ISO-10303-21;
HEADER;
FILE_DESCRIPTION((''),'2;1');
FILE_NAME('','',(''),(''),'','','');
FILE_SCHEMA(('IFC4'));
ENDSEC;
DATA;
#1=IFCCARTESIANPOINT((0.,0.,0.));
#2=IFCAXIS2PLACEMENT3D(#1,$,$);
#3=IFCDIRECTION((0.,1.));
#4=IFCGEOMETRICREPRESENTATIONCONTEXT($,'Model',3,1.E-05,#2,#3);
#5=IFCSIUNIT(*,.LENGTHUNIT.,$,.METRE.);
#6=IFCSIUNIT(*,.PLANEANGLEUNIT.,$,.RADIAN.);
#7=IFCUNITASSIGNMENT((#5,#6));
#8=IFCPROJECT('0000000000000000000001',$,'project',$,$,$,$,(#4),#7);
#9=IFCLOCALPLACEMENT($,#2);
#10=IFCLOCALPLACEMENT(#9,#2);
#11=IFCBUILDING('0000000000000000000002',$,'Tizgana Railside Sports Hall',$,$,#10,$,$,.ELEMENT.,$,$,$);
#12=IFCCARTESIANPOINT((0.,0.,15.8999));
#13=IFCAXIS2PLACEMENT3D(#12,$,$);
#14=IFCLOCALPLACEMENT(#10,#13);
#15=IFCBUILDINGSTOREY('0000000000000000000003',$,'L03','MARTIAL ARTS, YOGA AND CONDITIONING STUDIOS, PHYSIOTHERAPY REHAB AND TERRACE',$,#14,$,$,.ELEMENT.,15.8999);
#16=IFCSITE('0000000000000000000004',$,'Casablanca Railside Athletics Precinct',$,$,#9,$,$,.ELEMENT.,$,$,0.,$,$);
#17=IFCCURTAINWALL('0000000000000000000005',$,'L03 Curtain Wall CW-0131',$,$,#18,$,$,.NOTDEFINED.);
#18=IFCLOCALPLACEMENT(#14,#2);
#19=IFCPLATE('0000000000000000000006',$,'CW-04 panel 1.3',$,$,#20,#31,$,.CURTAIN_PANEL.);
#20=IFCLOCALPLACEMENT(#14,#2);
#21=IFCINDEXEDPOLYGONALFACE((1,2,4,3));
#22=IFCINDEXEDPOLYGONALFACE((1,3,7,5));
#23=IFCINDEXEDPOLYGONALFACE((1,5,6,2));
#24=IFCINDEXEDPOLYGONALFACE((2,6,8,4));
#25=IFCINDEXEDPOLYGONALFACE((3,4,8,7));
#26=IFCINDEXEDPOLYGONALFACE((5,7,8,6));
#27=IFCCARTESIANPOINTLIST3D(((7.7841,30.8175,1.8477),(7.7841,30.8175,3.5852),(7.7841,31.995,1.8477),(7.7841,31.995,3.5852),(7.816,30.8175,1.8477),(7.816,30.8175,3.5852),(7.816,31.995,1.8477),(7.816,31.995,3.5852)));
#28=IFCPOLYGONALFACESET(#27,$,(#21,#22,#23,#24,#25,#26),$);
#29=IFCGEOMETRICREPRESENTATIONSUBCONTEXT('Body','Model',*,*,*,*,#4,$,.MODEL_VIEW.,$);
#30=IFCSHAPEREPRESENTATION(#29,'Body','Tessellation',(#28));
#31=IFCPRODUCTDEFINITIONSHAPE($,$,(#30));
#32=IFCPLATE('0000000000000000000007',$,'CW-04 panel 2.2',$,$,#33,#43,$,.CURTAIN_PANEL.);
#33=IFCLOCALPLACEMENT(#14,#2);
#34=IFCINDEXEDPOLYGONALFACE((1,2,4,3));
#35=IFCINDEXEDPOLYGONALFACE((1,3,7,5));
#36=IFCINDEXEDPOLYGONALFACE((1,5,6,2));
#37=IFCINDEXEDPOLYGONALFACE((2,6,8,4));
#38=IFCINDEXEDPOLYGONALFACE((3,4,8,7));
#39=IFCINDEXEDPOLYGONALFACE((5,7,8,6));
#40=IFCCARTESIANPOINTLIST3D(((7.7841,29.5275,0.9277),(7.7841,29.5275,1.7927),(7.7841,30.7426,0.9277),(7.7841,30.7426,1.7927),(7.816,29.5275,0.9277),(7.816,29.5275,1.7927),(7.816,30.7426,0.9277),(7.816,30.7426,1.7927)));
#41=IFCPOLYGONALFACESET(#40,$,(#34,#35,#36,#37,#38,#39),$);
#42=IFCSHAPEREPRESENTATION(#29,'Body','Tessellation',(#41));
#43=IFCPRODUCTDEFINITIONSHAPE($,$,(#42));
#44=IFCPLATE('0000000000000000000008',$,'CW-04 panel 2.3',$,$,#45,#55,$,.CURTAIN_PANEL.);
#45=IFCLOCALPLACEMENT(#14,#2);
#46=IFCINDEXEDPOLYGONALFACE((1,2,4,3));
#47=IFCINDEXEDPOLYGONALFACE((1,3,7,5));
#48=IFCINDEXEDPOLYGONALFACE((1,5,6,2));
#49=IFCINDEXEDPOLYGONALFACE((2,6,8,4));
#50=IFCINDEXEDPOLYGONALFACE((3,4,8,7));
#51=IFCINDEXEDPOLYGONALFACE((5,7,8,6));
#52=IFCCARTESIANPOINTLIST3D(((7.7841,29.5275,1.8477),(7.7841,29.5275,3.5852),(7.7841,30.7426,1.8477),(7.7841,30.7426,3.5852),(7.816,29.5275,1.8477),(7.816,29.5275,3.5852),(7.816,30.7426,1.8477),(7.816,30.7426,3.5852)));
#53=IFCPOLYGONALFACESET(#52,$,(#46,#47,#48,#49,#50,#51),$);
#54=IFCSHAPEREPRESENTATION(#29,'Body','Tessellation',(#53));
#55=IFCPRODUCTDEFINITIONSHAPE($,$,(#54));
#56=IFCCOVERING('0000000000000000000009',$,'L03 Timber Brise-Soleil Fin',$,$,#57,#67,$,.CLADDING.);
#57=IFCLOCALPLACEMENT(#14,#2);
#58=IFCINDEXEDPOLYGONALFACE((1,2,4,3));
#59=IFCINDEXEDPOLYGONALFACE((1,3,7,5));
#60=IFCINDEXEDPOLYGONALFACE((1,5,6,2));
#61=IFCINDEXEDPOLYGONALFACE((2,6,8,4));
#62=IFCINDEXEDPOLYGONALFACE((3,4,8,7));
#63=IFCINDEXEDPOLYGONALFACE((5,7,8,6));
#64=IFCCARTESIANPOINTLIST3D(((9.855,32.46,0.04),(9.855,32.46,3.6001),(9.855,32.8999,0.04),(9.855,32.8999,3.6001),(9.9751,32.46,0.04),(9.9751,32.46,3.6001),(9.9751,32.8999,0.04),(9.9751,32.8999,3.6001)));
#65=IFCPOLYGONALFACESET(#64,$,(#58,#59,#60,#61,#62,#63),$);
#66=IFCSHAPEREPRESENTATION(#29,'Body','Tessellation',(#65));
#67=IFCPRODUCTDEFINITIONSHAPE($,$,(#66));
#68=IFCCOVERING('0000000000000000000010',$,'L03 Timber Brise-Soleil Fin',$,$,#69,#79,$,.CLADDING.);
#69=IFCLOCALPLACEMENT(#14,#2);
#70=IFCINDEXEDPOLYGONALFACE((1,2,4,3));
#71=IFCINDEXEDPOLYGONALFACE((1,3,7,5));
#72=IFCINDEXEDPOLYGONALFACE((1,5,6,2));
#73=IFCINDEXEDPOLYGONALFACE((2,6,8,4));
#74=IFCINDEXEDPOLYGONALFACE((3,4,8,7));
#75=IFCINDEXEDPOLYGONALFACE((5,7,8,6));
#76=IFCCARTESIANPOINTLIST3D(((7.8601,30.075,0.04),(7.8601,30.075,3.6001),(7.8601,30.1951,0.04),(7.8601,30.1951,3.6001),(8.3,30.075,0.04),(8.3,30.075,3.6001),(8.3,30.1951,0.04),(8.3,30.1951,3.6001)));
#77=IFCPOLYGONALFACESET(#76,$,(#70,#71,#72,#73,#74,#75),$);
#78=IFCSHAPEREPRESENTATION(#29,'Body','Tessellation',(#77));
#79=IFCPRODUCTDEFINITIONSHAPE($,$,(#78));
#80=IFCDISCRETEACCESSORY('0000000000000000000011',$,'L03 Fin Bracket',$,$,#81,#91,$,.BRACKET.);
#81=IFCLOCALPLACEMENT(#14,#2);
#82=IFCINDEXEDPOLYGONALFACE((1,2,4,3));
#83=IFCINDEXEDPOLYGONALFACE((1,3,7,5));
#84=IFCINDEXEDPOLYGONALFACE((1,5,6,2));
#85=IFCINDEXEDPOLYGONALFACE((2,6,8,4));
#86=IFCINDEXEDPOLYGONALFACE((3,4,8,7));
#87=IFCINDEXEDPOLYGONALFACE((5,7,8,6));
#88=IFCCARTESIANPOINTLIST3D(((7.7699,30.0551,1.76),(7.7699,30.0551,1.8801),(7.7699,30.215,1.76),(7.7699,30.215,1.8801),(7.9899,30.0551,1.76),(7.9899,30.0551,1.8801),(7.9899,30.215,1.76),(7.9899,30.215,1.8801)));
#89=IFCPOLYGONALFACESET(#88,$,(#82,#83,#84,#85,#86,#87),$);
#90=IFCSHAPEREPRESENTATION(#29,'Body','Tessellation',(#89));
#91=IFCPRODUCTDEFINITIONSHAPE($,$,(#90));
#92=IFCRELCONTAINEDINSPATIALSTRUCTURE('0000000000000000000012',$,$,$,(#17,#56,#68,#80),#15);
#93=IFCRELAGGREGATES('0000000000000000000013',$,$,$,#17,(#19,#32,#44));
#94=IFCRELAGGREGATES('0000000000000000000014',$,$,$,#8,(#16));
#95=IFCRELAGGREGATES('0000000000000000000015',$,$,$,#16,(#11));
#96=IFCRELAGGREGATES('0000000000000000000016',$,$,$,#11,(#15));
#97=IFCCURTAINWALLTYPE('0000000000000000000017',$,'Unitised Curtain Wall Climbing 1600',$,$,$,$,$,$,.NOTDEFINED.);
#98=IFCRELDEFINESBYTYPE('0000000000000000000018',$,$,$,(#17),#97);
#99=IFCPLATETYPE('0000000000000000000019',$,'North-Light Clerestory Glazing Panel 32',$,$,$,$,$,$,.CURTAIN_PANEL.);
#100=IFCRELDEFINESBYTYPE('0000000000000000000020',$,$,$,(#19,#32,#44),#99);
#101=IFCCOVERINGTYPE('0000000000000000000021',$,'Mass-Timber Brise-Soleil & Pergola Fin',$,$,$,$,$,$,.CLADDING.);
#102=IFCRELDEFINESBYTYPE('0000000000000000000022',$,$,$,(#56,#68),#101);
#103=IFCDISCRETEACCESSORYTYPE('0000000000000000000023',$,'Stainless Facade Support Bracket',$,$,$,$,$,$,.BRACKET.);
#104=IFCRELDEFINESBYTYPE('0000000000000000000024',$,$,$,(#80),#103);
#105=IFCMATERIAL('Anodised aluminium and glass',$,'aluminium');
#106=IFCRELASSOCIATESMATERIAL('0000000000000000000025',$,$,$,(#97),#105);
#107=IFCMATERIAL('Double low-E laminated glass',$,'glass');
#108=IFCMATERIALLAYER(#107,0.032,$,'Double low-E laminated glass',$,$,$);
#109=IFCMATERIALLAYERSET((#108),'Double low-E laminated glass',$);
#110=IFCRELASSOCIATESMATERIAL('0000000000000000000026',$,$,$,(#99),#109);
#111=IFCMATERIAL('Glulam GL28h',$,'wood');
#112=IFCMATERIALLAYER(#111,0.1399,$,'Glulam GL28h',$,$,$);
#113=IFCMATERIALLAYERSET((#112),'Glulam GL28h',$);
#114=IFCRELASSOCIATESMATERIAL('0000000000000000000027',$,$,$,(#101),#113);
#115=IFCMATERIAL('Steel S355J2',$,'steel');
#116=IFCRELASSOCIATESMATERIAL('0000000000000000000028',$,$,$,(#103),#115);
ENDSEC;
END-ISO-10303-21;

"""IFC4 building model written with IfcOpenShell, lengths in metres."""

from ifc_helpers import new_model, si_unit, direction, frame, origin, origin_2d, place, context, subcontext, project, spatial, rectangle, extrude, material, layer, layer_set, type_object, element, aggregate, save


model = new_model("IFC4")

# Units and contexts
model_context = context("Model", 3, precision=1e-05, world=origin(), true_north=direction((0.0, 1.0)))
body_context = subcontext(model_context, "Body", "Model", "MODEL_VIEW")
ifc_project = project(units=[si_unit("LENGTHUNIT", "METRE"), si_unit("PLANEANGLEUNIT", "RADIAN")], contexts=[model_context])

# Site, building, storey
site_placement = place(None, origin())
site = spatial("IfcSite", under=ifc_project, at=site_placement, Name="Casablanca Railside Athletics Precinct", CompositionType="ELEMENT", RefElevation=0.0)
building_placement = place(site_placement, origin())
building = spatial("IfcBuilding", under=site, at=building_placement, Name="Tizgana Railside Sports Hall", CompositionType="ELEMENT")
storey_placement = place(building_placement, frame((0.0, 0.0, 15.8999)))
storey = spatial("IfcBuildingStorey", under=building, at=storey_placement, Name="L03", Description="MARTIAL ARTS, YOGA AND CONDITIONING STUDIOS, PHYSIOTHERAPY REHAB AND TERRACE", CompositionType="ELEMENT", Elevation=15.8999)

# Curtain wall
ifc_material_1 = material(Name="Anodised aluminium and glass", Category="aluminium")
curtain_wall_type = type_object("IfcCurtainWallType", Name="Unitised Curtain Wall Climbing 1600", PredefinedType="NOTDEFINED", material=ifc_material_1)
curtain_wall_1_placement = place(storey_placement, origin())
curtain_wall_1 = element("IfcCurtainWall", 1, at=curtain_wall_1_placement, inside=storey, type_object=curtain_wall_type, Name="L03 Curtain Wall CW-0131", PredefinedType="NOTDEFINED")

# Shared definitions
ifc_material_2 = material(Name="Steel S355J2", Category="steel")

# Plates
ifc_material_3 = material(Name="Double low-E laminated glass", Category="glass")
ifc_layer_1 = layer(ifc_material_3, 0.032, Name="Double low-E laminated glass")
ifc_layer_set_1 = layer_set([ifc_layer_1], Name="Double low-E laminated glass")
plate_type = type_object("IfcPlateType", Name="North-Light Clerestory Glazing Panel 32", PredefinedType="CURTAIN_PANEL", material=ifc_layer_set_1)
plate_1_placement = place(storey_placement, frame((7.8, 31.4062, 1.8477), z_axis=(0.0, 0.0, 1.0), x_axis=(0.0, -1.0, 0.0)))
plate_1 = element("IfcPlate", 2, at=plate_1_placement, type_object=plate_type, Name="CW-04 panel 1.3", PredefinedType="CURTAIN_PANEL", context=body_context, shape_type="SweptSolid", body=[
    extrude(rectangle(XDim=1.1775, YDim=0.032, at=origin_2d()), origin(), (0.0, 0.0, 1.0), 1.7375),
])
plate_2_placement = place(storey_placement, frame((7.8, 30.135, 0.9277), z_axis=(0.0, 0.0, 1.0), x_axis=(0.0, -1.0, 0.0)))
plate_2 = element("IfcPlate", 3, at=plate_2_placement, type_object=plate_type, Name="CW-04 panel 2.2", PredefinedType="CURTAIN_PANEL", context=body_context, shape_type="SweptSolid", body=[
    extrude(rectangle(XDim=1.2151, YDim=0.032, at=origin_2d()), origin(), (0.0, 0.0, 1.0), 0.865),
])
plate_3_placement = place(storey_placement, frame((7.8, 30.135, 1.8477), z_axis=(0.0, 0.0, 1.0), x_axis=(0.0, -1.0, 0.0)))
plate_3 = element("IfcPlate", 4, at=plate_3_placement, type_object=plate_type, Name="CW-04 panel 2.3", PredefinedType="CURTAIN_PANEL", context=body_context, shape_type="SweptSolid", body=[
    extrude(rectangle(XDim=1.2151, YDim=0.032, at=origin_2d()), origin(), (0.0, 0.0, 1.0), 1.7375),
])
aggregate(curtain_wall_1, [plate_1, plate_2, plate_3])

# Coverings
ifc_material_4 = material(Name="Glulam GL28h", Category="wood")
ifc_layer_2 = layer(ifc_material_4, 0.1399, Name="Glulam GL28h")
ifc_layer_set_2 = layer_set([ifc_layer_2], Name="Glulam GL28h")
covering_type = type_object("IfcCoveringType", Name="Mass-Timber Brise-Soleil & Pergola Fin", PredefinedType="CLADDING", material=ifc_layer_set_2)
for number, where, z_axis, x_axis, name in (
    (5, (9.915, 32.6799, 0.04), (0.0, 0.0, 1.0), (1.0, 0.0, 0.0), "L03 Timber Brise-Soleil Fin"),
    (6, (8.0801, 30.135, 0.04), (0.0, 0.0, 1.0), (0.0, -1.0, 0.0), "L03 Timber Brise-Soleil Fin"),
):
    element("IfcCovering", number, at=place(storey_placement, frame(where, z_axis=z_axis, x_axis=x_axis)), inside=storey, type_object=covering_type, Name=name, PredefinedType="CLADDING", context=body_context, shape_type="SweptSolid", body=[
        extrude(rectangle(XDim=0.1201, YDim=0.4399, at=origin_2d()), origin(), (0.0, 0.0, 1.0), 3.5601),
    ])

# Discrete accessory
discrete_accessory_type = type_object("IfcDiscreteAccessoryType", Name="Stainless Facade Support Bracket", PredefinedType="BRACKET", material=ifc_material_2)
discrete_accessory_placement = place(storey_placement, frame((7.8799, 30.135, 1.76), z_axis=(0.0, 0.0, 1.0), x_axis=(0.0, -1.0, 0.0)))
element("IfcDiscreteAccessory", 7, at=discrete_accessory_placement, inside=storey, type_object=discrete_accessory_type, Name="L03 Fin Bracket", PredefinedType="BRACKET", context=body_context, shape_type="SweptSolid", body=[
    extrude(rectangle(XDim=0.1599, YDim=0.22, at=origin_2d()), origin(), (0.0, 0.0, 1.0), 0.1201),
])

save(model, "model.ifc")
